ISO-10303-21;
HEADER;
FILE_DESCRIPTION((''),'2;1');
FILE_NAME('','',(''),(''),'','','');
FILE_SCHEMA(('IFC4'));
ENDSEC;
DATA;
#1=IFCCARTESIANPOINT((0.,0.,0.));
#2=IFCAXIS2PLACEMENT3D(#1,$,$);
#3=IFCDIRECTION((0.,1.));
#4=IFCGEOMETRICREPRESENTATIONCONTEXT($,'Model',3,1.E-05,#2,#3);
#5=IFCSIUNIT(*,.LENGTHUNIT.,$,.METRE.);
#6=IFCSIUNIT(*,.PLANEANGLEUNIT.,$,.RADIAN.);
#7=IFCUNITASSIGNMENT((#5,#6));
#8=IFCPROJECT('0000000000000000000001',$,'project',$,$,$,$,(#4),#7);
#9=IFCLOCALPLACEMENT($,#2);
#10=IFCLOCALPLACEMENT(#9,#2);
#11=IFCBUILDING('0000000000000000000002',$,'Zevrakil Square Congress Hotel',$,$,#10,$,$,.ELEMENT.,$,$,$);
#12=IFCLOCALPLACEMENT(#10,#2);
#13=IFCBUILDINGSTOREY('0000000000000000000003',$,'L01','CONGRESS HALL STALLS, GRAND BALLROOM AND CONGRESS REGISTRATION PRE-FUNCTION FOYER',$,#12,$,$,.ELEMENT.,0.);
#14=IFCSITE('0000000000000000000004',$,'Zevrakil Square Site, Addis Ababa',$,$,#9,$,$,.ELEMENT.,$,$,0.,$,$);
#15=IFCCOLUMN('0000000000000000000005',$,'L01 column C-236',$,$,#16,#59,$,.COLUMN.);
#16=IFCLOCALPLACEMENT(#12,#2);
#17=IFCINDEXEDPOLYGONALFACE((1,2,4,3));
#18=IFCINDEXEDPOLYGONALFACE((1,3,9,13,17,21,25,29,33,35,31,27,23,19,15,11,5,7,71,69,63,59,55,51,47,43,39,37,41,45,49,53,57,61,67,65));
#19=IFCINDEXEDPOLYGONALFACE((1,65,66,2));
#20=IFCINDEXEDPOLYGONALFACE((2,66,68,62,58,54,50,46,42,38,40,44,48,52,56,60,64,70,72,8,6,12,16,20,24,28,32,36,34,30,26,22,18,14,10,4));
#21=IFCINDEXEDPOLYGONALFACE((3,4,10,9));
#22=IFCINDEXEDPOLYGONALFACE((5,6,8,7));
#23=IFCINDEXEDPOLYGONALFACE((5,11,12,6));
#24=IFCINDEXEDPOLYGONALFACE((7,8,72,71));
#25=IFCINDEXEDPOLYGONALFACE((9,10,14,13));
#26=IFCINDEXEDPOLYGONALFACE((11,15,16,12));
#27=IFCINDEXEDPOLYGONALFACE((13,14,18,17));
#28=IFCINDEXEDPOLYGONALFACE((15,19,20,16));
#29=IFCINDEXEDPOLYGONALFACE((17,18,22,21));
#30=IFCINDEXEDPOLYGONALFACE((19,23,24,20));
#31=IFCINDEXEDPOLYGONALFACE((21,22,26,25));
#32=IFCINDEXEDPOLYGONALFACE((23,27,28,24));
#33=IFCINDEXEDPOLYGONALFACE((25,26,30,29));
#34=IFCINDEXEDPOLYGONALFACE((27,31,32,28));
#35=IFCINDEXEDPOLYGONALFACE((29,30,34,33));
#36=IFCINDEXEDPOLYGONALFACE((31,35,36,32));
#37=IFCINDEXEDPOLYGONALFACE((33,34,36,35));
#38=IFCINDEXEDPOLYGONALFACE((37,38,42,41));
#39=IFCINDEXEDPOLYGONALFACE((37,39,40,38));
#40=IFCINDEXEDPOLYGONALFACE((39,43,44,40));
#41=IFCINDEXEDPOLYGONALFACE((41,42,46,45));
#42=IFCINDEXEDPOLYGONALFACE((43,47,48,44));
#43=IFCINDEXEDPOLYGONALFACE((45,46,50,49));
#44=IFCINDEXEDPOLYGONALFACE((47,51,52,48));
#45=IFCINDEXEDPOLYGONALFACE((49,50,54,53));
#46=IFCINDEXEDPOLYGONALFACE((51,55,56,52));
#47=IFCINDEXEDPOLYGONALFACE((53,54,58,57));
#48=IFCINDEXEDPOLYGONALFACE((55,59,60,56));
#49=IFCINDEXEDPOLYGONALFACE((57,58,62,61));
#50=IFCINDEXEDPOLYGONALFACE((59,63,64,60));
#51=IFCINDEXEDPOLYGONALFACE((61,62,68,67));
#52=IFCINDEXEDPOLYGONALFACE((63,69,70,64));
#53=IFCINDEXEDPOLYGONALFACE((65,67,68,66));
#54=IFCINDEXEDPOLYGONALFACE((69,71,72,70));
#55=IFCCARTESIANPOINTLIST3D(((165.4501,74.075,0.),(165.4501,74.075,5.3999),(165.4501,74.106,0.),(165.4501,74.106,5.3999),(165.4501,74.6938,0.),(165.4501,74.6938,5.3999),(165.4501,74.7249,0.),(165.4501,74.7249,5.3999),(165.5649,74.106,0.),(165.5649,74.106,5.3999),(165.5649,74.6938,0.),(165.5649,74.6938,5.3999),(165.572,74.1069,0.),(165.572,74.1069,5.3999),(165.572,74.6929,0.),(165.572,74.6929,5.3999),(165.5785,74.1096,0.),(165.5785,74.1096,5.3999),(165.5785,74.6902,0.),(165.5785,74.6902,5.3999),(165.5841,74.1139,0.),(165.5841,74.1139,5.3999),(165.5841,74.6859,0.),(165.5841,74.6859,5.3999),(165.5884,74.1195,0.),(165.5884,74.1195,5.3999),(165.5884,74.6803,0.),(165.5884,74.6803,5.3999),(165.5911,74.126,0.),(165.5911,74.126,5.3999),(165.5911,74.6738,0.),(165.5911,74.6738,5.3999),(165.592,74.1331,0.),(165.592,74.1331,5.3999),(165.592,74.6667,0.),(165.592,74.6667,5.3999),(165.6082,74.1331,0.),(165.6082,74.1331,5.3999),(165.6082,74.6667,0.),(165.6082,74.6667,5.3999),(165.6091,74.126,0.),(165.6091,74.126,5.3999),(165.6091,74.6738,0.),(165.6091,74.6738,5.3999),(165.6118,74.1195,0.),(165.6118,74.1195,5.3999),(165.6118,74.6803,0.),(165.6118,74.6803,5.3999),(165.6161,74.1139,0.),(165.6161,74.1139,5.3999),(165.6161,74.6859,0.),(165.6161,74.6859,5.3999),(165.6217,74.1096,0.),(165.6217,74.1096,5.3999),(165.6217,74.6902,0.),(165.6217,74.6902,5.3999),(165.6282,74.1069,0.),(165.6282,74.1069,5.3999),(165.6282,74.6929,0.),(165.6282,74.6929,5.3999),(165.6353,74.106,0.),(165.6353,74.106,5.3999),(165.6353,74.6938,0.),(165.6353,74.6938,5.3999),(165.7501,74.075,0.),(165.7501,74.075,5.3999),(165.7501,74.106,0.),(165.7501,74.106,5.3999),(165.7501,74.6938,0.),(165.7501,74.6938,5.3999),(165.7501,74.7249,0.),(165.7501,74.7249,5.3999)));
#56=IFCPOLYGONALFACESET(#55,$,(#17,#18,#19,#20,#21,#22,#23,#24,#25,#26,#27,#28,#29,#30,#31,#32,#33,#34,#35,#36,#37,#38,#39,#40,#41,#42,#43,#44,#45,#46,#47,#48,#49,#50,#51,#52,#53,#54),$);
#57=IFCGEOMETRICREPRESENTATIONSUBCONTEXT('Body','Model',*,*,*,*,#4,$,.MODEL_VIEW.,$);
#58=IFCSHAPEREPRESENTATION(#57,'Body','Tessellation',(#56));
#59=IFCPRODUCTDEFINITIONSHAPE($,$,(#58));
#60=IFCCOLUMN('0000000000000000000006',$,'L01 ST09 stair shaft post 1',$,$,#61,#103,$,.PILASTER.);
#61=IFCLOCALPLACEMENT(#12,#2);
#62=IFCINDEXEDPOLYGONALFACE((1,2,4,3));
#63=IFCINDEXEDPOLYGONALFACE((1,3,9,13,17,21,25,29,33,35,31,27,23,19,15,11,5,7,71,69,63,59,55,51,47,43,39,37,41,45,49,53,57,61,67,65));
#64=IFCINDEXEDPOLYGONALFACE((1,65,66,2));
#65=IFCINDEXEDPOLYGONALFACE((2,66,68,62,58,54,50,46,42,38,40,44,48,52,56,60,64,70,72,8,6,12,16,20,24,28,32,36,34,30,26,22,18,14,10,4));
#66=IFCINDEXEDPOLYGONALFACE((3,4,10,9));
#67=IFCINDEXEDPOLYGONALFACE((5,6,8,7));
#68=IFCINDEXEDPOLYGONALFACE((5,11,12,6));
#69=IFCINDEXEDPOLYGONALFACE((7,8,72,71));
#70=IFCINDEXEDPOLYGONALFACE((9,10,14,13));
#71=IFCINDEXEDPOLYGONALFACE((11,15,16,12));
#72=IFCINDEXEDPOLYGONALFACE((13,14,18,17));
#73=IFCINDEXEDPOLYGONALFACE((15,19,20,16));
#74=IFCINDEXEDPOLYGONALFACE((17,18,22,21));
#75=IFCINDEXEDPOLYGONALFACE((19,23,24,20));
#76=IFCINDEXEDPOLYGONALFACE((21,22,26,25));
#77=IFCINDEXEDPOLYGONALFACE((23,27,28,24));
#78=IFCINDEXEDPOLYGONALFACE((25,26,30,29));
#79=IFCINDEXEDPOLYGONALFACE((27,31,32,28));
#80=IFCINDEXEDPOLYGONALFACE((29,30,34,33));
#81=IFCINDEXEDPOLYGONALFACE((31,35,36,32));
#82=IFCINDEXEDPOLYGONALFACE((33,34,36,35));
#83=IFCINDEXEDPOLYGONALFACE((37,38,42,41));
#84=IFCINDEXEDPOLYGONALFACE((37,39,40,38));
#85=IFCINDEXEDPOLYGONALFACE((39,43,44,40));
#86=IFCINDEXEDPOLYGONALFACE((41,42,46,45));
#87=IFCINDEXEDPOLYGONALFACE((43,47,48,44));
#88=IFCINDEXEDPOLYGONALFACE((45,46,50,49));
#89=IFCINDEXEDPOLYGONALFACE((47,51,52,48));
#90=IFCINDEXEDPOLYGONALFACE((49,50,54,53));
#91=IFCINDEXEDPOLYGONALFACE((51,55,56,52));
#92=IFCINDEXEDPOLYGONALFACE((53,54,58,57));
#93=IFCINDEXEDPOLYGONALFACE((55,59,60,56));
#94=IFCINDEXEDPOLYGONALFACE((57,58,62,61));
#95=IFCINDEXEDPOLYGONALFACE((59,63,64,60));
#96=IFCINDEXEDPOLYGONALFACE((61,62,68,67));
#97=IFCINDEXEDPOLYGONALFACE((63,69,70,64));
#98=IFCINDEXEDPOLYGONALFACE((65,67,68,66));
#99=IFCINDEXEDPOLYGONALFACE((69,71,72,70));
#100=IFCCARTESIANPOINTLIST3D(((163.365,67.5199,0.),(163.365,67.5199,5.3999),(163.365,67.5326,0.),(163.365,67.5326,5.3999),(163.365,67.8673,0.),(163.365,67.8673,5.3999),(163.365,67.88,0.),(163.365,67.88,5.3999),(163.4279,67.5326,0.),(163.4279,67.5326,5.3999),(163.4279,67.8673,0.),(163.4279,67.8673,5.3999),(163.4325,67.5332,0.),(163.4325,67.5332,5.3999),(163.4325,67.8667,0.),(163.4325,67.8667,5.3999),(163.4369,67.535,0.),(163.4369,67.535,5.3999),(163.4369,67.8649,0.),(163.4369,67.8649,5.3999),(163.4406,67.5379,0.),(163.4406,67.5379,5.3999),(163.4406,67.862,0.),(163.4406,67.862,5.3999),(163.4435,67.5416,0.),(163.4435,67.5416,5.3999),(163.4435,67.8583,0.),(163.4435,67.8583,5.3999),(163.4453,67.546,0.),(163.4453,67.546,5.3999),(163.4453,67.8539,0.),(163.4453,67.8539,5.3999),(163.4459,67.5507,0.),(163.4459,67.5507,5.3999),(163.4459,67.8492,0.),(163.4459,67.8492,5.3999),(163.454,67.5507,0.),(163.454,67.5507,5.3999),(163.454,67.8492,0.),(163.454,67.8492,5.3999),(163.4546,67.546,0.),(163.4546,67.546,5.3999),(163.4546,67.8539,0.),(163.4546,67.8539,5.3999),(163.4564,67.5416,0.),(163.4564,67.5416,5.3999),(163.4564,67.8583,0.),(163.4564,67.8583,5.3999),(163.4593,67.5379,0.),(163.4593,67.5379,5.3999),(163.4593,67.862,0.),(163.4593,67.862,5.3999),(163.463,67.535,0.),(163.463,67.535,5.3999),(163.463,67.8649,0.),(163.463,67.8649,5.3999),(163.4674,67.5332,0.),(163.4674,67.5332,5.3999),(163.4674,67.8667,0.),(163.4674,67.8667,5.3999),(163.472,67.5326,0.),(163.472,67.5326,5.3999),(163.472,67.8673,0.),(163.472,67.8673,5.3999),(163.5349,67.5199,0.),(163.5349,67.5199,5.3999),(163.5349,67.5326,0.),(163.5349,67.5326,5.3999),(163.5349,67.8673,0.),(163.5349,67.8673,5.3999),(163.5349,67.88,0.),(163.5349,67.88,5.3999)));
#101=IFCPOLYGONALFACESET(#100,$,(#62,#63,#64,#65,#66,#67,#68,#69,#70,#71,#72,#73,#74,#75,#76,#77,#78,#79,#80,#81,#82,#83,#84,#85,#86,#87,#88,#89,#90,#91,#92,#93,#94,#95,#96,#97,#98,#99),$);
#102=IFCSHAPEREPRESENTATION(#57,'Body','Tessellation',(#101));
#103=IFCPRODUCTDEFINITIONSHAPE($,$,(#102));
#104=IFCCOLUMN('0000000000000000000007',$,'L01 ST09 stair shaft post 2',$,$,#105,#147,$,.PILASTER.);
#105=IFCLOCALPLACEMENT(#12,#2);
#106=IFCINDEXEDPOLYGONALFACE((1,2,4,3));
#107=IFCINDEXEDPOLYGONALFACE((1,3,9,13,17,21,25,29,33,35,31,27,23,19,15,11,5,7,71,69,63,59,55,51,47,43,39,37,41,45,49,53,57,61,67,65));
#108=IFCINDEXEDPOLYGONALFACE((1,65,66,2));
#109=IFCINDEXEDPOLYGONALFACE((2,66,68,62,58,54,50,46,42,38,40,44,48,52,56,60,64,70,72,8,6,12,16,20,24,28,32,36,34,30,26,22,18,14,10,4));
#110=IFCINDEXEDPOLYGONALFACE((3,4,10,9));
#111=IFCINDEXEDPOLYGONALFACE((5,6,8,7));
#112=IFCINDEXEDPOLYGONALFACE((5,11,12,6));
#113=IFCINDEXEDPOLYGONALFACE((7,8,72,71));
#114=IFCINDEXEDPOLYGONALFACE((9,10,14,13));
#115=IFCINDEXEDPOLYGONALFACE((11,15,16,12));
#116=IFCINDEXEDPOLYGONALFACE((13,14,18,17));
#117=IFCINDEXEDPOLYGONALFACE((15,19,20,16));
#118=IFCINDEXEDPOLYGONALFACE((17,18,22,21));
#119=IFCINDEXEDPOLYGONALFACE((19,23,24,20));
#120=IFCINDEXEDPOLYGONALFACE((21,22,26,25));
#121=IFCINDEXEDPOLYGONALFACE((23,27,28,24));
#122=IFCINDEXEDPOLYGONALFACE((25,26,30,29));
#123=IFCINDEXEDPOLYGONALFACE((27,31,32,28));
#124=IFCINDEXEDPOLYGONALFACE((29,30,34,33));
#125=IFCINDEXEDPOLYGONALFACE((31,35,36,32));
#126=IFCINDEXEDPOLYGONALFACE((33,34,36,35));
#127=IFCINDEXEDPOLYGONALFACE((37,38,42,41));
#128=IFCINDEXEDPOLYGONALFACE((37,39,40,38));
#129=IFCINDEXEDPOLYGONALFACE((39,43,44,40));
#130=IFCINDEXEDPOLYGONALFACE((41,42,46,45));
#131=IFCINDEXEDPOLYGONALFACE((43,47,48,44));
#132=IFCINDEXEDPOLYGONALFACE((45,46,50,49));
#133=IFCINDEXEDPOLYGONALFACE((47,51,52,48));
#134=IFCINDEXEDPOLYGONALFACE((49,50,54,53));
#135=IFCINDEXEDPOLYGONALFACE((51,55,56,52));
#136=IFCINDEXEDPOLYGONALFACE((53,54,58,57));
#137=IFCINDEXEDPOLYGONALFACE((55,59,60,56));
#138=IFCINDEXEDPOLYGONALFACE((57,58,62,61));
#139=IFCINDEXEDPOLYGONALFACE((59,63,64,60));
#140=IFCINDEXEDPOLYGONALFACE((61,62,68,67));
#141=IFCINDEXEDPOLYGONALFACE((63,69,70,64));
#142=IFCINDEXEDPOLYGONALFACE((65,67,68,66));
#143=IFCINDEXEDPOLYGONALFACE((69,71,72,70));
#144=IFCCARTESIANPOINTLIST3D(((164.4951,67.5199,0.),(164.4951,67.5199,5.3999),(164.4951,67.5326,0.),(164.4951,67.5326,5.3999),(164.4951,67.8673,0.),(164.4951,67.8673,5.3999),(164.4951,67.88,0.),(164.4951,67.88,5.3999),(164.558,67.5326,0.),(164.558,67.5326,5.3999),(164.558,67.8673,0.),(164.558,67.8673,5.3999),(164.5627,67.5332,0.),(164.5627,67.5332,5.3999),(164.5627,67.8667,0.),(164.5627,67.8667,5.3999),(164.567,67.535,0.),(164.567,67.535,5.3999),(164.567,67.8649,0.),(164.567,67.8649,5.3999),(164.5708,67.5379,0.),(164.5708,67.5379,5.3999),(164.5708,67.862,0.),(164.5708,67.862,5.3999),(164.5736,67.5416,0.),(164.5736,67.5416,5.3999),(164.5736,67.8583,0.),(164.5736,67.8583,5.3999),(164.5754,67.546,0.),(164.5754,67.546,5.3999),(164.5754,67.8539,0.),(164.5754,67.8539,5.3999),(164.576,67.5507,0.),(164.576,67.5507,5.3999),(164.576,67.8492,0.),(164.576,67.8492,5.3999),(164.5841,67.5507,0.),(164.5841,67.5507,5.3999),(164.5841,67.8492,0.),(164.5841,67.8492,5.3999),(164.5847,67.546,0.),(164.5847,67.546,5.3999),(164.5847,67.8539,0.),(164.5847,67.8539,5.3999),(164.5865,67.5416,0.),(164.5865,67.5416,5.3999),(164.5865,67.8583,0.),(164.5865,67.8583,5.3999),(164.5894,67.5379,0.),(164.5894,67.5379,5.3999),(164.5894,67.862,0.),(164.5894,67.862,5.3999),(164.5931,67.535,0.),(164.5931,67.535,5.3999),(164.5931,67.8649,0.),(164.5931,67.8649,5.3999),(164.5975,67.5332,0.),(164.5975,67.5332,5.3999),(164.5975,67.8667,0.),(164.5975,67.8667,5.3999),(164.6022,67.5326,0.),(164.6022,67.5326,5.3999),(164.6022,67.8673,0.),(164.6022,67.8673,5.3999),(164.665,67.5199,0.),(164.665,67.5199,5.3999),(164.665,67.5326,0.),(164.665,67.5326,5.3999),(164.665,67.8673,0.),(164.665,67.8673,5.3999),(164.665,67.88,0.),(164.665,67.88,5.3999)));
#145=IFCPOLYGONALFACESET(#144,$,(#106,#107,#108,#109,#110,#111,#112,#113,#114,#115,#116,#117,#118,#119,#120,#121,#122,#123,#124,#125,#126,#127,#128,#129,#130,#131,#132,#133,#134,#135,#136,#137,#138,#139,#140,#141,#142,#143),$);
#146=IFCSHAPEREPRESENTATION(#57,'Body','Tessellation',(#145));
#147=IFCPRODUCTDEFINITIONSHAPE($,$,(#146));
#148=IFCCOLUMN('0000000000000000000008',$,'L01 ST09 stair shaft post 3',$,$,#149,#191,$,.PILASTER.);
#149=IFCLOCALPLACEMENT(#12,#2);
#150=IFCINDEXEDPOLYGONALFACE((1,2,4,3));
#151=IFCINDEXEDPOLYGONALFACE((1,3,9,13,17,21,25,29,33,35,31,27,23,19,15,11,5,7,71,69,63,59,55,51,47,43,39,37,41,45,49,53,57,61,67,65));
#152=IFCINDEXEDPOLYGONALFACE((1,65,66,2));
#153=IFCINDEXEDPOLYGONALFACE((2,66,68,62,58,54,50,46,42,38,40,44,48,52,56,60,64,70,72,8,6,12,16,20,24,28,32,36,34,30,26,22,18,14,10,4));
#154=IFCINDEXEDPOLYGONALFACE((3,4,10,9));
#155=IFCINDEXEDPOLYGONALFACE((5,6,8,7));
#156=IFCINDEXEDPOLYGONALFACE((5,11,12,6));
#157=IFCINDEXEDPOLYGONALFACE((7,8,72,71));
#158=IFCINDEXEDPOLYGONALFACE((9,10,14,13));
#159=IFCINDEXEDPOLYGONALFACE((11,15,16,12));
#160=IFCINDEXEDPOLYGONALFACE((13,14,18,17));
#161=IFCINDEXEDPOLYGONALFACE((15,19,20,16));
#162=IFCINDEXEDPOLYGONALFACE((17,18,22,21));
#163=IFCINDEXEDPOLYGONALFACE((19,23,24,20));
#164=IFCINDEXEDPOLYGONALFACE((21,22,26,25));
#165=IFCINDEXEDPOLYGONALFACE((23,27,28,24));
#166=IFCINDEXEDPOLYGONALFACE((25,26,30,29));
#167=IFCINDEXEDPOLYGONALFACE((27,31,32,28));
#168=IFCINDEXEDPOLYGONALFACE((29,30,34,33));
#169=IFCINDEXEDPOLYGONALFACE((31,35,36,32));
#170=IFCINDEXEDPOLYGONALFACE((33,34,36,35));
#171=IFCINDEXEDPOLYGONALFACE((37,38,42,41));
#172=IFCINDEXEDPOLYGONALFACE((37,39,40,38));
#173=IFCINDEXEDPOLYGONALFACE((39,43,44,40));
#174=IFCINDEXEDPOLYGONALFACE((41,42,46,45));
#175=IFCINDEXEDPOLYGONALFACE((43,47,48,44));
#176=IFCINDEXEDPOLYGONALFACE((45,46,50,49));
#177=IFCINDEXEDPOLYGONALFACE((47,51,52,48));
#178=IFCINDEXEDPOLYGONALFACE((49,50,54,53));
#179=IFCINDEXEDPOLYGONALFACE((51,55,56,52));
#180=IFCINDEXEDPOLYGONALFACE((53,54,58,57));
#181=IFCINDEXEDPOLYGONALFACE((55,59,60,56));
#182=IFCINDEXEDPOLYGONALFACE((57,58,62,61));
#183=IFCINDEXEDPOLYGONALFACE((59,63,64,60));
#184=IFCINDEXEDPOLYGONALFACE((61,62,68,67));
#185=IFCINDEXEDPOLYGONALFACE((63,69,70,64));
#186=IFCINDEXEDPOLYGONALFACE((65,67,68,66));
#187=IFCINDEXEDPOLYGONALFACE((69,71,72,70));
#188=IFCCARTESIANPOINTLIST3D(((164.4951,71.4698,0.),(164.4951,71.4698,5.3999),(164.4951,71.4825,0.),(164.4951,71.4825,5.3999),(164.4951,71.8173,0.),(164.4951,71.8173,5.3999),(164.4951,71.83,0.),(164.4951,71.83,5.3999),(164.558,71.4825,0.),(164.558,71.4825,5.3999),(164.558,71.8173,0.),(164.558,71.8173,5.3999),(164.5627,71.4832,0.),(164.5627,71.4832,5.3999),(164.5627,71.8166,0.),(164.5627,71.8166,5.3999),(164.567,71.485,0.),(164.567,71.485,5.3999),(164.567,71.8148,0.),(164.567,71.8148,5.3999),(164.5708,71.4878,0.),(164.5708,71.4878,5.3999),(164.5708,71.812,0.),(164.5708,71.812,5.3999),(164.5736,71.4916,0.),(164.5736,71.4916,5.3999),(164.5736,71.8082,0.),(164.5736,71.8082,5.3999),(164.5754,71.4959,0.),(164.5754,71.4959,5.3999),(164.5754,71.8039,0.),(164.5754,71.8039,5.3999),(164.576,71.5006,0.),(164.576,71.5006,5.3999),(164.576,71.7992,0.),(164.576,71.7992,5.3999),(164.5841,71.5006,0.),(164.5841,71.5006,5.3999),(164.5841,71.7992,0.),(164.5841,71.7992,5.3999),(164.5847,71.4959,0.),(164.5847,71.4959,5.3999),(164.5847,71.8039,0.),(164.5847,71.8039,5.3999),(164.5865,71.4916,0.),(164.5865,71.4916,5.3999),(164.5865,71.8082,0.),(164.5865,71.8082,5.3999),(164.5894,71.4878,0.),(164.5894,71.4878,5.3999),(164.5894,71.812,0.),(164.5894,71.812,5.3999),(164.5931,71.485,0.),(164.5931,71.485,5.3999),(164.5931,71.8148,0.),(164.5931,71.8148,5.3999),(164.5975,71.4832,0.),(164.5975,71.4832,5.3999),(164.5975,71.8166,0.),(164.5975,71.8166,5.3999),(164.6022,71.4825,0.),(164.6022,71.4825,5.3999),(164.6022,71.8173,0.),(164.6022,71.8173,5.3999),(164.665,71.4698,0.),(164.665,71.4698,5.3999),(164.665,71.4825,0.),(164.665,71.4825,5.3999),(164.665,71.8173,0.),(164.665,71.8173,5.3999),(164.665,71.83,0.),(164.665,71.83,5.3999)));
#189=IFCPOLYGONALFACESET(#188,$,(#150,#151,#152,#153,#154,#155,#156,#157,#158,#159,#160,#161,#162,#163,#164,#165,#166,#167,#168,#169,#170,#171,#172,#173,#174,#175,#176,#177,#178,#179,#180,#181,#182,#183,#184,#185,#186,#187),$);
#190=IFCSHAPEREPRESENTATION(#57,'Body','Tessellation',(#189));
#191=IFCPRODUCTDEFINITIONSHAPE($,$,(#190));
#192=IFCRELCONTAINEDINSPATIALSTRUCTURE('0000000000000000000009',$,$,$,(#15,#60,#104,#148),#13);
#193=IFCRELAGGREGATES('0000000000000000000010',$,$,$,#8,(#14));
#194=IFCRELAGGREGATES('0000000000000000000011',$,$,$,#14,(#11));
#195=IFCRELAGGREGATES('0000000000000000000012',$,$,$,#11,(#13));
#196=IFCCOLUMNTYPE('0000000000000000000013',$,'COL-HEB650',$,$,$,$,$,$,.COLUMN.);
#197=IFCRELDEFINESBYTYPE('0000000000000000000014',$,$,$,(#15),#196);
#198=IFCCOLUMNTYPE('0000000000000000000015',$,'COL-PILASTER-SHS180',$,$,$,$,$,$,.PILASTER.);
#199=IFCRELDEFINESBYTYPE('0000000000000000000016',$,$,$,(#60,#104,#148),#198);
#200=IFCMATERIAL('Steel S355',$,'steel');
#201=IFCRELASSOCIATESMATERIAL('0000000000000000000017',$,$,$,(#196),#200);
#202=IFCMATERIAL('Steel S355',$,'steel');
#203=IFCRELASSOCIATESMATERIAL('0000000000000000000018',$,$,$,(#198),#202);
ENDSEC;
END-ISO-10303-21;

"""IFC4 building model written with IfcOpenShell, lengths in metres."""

from ifc_helpers import new_model, si_unit, direction, frame, origin, origin_2d, place, context, subcontext, project, spatial, i_section, extrude, material, material_profile, profile_set, type_object, element, save


model = new_model("IFC4")

# Units and contexts
model_context = context("Model", 3, precision=1e-05, world=origin(), true_north=direction((0.0, 1.0)))
body_context = subcontext(model_context, "Body", "Model", "MODEL_VIEW")
ifc_project = project(units=[si_unit("LENGTHUNIT", "METRE"), si_unit("PLANEANGLEUNIT", "RADIAN")], contexts=[model_context])

# Site, building, storey
site_placement = place(None, origin())
site = spatial("IfcSite", under=ifc_project, at=site_placement, Name="Zevrakil Square Site, Addis Ababa", CompositionType="ELEMENT", RefElevation=0.0)
building_placement = place(site_placement, origin())
building = spatial("IfcBuilding", under=site, at=building_placement, Name="Zevrakil Square Congress Hotel", CompositionType="ELEMENT")
storey_placement = place(building_placement, origin())
storey = spatial("IfcBuildingStorey", under=building, at=storey_placement, Name="L01", Description="CONGRESS HALL STALLS, GRAND BALLROOM AND CONGRESS REGISTRATION PRE-FUNCTION FOYER", CompositionType="ELEMENT", Elevation=0.0)

# Columns
ifc_material_1 = material(Name="Steel S355", Category="steel")
ifc_material_profile_1 = material_profile(ifc_material_1, i_section(OverallWidth=0.3, OverallDepth=0.6499, WebThickness=0.0161, FlangeThickness=0.031, FilletRadius=0.0271, at=origin_2d()), Name="HEB 650")
ifc_profile_set_1 = profile_set([ifc_material_profile_1], Name="Steel S355")
column_type_1 = type_object("IfcColumnType", Name="COL-HEB650", PredefinedType="COLUMN", material=ifc_profile_set_1)
column_1_placement = place(storey_placement, frame((165.6001, 74.3999, 0.0), z_axis=(0.0, 0.0, 1.0), x_axis=(1.0, 0.0, 0.0)))
element("IfcColumn", 1, at=column_1_placement, inside=storey, type_object=column_type_1, Name="L01 column C-236", PredefinedType="COLUMN", context=body_context, shape_type="SweptSolid", body=[
    extrude(i_section(OverallWidth=0.3, OverallDepth=0.6499, WebThickness=0.0161, FlangeThickness=0.031, FilletRadius=0.0271, at=origin_2d()), origin(), (0.0, 0.0, 1.0), 5.3999),
])
ifc_material_2 = material(Name="Steel S355", Category="steel")
ifc_material_profile_2 = material_profile(ifc_material_2, i_section(OverallWidth=0.1699, OverallDepth=0.3601, WebThickness=0.0081, FlangeThickness=0.0127, FilletRadius=0.0181, at=origin_2d()), Name="IPE 360")
ifc_profile_set_2 = profile_set([ifc_material_profile_2], Name="Steel S355")
column_type_2 = type_object("IfcColumnType", Name="COL-PILASTER-SHS180", PredefinedType="PILASTER", material=ifc_profile_set_2)
for number, where, z_axis, x_axis, name in (
    (2, (163.45, 67.7, 0.0), (0.0, 0.0, 1.0), (1.0, 0.0, 0.0), "L01 ST09 stair shaft post 1"),
    (3, (164.5801, 67.7, 0.0), (0.0, 0.0, 1.0), (1.0, 0.0, 0.0), "L01 ST09 stair shaft post 2"),
    (4, (164.5801, 71.6499, 0.0), (0.0, 0.0, 1.0), (1.0, 0.0, 0.0), "L01 ST09 stair shaft post 3"),
):
    element("IfcColumn", number, at=place(storey_placement, frame(where, z_axis=z_axis, x_axis=x_axis)), inside=storey, type_object=column_type_2, Name=name, PredefinedType="PILASTER", context=body_context, shape_type="SweptSolid", body=[
        extrude(i_section(OverallWidth=0.1699, OverallDepth=0.3601, WebThickness=0.0081, FlangeThickness=0.0127, FilletRadius=0.0181, at=origin_2d()), origin(), (0.0, 0.0, 1.0), 5.3999),
    ])

save(model, "model.ifc")
